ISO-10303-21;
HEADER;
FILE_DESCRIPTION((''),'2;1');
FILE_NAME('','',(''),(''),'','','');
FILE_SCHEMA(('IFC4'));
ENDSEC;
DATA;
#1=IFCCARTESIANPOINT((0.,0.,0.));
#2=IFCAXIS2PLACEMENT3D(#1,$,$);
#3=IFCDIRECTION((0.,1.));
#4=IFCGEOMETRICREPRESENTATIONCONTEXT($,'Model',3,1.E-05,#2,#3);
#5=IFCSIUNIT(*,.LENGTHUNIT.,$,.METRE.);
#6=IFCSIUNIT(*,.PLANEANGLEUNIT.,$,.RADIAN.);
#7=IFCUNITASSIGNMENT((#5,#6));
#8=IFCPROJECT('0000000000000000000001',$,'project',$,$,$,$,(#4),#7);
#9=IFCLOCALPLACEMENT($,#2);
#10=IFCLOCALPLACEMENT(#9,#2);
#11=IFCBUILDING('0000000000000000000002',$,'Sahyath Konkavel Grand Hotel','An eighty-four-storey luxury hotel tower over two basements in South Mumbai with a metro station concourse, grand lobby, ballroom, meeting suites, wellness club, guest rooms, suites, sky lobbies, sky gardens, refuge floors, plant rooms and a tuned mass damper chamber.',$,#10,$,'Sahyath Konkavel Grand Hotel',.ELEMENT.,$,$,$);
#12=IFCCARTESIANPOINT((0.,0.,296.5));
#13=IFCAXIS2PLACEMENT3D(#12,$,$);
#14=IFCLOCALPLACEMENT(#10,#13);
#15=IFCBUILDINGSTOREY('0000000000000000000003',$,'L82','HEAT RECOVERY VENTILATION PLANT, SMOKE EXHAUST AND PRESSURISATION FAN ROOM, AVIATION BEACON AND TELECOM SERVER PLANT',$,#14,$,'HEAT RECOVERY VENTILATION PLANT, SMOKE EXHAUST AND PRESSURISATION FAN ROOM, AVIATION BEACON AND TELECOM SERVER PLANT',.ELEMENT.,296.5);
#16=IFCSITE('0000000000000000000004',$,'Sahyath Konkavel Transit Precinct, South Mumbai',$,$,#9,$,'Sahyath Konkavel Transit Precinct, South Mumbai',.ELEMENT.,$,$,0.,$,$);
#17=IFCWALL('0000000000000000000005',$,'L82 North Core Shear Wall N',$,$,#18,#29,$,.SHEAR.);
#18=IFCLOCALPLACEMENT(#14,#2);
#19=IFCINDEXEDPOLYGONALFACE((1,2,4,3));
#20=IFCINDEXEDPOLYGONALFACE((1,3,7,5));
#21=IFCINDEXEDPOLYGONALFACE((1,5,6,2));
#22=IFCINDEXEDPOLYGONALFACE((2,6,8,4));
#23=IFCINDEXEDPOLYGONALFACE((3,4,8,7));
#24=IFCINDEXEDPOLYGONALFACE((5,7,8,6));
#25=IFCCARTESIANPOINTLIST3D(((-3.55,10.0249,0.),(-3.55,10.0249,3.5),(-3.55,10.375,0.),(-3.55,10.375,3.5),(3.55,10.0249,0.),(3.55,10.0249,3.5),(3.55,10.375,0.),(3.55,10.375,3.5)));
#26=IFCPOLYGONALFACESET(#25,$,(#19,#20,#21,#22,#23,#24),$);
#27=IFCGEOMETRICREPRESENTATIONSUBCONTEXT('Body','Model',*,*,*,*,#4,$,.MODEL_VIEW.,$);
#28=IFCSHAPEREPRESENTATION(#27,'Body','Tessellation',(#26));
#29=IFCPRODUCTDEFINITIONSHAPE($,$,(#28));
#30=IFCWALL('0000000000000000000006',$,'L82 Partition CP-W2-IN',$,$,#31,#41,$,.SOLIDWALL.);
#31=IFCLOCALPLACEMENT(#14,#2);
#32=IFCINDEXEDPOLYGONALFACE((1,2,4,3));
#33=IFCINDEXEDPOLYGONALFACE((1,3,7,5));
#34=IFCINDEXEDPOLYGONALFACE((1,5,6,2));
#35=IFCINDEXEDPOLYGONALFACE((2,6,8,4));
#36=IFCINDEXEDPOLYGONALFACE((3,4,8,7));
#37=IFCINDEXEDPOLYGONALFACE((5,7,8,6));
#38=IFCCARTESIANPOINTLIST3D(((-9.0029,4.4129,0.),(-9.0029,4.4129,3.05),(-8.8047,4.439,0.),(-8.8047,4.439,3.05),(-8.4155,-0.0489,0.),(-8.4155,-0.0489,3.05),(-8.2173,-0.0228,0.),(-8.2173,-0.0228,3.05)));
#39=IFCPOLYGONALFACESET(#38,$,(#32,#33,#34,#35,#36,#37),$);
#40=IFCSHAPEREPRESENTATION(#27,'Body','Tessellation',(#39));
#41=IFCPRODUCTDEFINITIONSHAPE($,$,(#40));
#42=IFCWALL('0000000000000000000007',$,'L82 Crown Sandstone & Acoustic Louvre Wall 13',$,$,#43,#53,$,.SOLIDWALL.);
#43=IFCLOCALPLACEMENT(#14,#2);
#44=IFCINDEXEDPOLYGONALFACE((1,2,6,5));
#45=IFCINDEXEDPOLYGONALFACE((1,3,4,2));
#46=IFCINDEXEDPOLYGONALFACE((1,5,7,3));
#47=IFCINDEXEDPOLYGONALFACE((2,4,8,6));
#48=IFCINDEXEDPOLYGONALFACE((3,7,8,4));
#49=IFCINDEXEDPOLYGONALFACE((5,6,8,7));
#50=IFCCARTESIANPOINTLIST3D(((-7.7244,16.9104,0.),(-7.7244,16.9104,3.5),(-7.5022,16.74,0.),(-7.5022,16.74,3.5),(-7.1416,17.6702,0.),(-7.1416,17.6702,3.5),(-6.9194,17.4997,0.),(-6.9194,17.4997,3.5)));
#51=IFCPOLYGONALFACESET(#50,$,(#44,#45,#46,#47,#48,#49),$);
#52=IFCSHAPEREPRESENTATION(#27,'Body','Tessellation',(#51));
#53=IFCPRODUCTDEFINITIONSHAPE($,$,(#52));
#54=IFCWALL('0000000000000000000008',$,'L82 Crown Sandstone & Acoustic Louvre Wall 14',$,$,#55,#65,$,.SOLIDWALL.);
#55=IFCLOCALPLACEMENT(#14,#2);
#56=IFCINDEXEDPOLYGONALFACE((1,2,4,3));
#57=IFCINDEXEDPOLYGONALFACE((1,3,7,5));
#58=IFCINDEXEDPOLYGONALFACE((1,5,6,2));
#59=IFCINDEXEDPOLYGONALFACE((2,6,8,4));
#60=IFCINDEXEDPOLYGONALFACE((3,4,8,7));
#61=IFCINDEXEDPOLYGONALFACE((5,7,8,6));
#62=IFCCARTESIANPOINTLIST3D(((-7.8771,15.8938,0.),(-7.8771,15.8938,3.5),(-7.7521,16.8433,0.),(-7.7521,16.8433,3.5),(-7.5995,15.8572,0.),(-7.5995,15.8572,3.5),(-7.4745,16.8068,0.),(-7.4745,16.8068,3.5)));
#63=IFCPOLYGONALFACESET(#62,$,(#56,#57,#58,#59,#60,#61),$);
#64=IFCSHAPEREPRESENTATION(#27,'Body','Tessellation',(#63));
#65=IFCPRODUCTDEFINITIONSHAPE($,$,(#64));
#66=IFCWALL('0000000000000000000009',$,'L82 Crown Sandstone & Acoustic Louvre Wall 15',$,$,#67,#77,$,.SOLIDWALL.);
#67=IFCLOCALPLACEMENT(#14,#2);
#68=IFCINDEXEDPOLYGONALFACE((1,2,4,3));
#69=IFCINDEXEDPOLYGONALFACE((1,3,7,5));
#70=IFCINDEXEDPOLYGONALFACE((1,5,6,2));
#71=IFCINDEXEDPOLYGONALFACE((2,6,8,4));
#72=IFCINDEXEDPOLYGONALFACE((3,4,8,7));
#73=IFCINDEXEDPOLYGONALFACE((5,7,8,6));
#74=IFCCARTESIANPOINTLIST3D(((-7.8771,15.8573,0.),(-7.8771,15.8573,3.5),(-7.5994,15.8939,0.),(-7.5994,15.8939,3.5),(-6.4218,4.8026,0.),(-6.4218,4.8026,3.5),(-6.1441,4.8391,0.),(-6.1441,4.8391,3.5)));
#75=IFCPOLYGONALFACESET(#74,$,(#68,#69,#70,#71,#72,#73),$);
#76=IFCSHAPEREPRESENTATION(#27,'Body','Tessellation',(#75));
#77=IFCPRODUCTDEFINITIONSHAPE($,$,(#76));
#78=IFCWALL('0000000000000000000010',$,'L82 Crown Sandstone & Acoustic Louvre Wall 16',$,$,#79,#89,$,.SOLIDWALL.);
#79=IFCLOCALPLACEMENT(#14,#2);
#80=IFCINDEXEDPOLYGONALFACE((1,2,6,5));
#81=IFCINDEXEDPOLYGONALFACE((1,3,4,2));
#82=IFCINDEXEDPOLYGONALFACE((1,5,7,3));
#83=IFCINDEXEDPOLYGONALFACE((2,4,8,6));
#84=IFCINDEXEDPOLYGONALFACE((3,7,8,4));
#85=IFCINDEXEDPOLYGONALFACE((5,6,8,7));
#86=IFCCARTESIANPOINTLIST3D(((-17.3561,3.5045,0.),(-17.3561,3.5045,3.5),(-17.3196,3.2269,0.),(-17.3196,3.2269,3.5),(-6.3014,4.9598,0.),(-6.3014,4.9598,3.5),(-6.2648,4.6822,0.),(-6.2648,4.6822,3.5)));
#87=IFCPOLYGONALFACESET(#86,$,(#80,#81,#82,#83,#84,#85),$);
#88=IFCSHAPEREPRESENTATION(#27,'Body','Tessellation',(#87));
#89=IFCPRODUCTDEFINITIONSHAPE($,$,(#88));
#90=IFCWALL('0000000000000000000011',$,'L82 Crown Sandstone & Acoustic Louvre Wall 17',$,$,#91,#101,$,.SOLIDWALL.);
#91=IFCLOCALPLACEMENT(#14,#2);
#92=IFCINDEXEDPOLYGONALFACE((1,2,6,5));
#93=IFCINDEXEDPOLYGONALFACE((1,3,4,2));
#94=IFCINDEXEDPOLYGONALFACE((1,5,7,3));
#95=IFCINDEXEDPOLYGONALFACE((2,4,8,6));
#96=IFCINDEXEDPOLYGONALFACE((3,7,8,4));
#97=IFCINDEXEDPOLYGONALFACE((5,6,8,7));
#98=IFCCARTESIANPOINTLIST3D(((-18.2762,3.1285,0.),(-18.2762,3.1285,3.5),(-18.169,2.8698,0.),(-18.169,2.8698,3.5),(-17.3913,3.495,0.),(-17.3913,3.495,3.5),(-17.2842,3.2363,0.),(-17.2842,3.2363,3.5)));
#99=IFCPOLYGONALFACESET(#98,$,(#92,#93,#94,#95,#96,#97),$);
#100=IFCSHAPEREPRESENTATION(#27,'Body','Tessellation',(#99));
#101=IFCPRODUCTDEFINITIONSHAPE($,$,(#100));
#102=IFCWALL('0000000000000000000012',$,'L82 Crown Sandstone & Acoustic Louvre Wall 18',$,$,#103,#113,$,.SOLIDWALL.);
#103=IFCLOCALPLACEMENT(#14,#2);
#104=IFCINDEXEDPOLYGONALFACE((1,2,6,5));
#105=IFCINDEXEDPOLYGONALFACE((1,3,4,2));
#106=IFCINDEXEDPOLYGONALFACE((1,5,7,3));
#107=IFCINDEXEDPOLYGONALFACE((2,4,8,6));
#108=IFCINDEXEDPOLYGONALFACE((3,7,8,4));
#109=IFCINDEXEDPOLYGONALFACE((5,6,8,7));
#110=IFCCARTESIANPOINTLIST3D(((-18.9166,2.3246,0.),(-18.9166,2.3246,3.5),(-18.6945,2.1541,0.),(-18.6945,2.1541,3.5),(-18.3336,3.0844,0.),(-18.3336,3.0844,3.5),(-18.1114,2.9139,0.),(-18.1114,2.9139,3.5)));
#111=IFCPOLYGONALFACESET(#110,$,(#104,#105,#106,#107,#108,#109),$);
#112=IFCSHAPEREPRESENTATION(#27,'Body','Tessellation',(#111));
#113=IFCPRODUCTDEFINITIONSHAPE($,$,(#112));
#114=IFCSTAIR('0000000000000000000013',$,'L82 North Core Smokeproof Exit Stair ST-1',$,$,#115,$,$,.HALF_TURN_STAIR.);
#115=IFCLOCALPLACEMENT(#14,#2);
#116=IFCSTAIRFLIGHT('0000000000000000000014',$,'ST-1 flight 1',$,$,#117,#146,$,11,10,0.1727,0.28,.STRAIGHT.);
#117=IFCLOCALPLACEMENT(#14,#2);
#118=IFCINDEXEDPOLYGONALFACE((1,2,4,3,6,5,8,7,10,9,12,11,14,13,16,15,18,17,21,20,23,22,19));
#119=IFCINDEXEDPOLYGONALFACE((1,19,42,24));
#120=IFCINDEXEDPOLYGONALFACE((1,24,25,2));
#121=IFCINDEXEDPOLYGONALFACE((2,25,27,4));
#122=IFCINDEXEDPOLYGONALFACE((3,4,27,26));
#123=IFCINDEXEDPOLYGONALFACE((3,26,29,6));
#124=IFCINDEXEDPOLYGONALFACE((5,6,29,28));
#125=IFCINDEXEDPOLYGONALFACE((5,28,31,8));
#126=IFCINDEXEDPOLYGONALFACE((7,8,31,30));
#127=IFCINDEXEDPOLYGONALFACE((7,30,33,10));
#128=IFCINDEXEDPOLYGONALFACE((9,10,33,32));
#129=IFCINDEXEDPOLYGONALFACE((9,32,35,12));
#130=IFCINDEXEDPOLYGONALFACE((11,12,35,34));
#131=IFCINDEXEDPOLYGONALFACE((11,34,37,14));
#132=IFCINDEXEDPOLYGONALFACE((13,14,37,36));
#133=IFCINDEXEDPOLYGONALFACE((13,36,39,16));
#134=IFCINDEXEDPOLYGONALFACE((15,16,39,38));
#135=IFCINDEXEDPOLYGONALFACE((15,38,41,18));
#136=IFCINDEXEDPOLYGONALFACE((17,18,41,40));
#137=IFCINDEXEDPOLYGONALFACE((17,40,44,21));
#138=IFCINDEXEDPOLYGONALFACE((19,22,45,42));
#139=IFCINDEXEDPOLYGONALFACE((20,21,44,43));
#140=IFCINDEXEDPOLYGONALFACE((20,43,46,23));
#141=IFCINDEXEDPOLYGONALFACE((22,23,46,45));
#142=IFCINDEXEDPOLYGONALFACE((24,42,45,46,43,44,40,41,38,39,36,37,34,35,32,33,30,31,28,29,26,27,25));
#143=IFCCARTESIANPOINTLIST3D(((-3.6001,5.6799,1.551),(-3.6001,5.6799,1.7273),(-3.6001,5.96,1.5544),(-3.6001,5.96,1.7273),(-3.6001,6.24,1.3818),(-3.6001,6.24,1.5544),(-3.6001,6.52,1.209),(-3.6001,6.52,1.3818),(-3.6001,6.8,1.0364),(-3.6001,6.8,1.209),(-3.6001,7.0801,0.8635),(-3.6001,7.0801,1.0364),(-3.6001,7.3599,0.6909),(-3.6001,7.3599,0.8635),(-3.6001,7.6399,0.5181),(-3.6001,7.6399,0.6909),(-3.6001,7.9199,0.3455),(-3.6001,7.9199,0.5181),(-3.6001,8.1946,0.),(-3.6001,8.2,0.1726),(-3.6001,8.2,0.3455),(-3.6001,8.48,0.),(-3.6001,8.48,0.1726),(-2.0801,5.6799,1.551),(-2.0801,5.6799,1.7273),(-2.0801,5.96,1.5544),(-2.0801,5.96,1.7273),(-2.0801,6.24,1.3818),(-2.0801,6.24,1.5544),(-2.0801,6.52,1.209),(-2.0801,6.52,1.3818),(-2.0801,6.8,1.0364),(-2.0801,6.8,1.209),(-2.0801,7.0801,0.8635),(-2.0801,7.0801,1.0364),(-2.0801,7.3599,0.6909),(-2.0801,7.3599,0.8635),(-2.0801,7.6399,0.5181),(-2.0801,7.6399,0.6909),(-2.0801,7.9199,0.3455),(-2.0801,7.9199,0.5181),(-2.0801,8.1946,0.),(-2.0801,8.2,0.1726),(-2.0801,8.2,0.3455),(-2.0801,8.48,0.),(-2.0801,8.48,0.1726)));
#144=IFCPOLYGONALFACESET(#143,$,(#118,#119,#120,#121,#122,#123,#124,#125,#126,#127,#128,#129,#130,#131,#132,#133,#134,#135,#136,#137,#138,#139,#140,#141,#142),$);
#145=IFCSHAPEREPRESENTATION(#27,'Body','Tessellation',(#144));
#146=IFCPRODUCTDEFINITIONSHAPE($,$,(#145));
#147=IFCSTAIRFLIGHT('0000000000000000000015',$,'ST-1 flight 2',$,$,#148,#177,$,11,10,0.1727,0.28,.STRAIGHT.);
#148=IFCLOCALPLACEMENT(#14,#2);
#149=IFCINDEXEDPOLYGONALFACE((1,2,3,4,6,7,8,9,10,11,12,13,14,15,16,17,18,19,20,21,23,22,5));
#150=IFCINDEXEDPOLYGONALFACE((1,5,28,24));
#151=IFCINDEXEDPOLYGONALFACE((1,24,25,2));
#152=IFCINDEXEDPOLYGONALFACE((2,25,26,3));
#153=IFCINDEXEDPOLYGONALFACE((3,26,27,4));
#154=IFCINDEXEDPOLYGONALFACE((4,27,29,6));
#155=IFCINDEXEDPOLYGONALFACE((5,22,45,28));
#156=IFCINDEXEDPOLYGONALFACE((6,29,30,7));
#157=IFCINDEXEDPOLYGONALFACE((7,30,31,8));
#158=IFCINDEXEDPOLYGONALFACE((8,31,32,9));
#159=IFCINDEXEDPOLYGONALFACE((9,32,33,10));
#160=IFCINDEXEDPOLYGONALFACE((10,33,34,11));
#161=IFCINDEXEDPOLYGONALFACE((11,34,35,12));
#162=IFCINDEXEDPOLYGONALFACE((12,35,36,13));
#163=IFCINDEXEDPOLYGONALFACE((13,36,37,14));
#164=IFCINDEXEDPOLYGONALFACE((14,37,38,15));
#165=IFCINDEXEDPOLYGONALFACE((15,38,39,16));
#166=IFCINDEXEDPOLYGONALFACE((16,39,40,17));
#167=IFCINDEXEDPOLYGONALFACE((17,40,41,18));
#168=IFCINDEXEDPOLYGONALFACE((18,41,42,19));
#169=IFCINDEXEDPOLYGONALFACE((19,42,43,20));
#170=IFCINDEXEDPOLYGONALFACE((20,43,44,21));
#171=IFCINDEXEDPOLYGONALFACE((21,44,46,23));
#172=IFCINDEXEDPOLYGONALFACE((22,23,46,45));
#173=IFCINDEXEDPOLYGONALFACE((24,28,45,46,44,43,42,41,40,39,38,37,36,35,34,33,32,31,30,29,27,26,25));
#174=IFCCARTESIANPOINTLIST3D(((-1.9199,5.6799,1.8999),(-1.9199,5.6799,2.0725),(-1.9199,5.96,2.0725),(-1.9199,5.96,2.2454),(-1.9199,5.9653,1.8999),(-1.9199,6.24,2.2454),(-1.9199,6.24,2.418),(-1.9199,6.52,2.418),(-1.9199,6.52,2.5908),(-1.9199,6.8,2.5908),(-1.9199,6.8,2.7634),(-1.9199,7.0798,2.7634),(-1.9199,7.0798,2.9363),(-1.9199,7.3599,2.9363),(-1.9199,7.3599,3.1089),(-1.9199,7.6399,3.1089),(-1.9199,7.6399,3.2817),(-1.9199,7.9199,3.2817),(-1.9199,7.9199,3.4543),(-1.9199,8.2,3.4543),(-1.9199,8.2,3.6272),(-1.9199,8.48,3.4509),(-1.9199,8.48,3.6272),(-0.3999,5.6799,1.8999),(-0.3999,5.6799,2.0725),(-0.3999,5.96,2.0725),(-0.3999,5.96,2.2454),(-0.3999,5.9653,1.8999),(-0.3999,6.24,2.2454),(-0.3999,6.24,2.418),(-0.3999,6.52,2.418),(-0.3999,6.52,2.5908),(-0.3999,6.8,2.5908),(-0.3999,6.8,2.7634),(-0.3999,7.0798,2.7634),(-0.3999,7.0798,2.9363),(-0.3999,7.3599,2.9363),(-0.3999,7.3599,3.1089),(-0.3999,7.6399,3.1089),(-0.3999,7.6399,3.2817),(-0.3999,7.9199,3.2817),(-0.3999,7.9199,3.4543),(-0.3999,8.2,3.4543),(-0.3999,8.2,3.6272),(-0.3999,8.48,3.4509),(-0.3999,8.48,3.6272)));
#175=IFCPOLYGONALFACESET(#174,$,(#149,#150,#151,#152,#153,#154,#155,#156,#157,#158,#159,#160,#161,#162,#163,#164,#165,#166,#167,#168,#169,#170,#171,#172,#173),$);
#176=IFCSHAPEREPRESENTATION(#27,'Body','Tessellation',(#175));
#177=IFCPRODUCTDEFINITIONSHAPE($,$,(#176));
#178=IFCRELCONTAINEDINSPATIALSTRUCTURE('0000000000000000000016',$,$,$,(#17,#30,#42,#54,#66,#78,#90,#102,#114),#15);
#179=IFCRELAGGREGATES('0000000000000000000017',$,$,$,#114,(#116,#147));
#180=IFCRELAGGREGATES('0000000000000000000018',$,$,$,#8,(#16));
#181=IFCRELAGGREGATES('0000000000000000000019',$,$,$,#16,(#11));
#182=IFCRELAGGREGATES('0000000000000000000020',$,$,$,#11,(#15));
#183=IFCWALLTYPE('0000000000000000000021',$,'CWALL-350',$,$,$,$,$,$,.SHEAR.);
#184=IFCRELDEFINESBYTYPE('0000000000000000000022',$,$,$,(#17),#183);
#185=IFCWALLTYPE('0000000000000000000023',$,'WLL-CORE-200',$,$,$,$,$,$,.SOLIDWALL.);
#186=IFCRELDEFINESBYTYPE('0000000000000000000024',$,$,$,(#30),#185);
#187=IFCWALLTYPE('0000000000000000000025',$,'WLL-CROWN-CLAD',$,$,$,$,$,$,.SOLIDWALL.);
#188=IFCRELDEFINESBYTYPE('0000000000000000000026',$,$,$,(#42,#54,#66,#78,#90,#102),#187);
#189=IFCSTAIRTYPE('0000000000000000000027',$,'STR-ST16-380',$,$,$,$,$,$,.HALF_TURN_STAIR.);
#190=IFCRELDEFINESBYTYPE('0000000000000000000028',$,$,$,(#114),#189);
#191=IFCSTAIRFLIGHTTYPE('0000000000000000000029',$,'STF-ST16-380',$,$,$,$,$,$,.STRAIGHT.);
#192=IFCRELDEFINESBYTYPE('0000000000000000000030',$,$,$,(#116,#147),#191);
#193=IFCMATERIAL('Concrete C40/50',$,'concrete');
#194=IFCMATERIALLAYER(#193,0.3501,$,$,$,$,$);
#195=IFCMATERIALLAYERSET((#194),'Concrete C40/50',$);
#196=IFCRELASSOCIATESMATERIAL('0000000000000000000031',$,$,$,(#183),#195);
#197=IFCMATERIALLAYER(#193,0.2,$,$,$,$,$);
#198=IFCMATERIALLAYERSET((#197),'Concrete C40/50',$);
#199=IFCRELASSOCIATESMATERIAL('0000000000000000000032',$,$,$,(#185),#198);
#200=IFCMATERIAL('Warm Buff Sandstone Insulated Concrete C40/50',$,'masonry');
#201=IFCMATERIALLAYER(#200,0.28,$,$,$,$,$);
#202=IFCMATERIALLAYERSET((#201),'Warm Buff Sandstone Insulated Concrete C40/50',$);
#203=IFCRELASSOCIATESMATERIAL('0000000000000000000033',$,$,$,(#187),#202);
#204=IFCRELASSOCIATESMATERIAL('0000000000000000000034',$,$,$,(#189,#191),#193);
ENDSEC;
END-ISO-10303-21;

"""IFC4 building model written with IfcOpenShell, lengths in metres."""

from ifc_helpers import new_model, si_unit, direction, frame, frame_2d, origin, place, context, subcontext, project, spatial, polyline, rectangle, outline, extrude, material, layer, layer_set, type_object, element, aggregate, save


model = new_model("IFC4")

# Units and contexts
model_context = context("Model", 3, precision=1e-05, world=origin(), true_north=direction((0.0, 1.0)))
body_context = subcontext(model_context, "Body", "Model", "MODEL_VIEW")
ifc_project = project(units=[si_unit("LENGTHUNIT", "METRE"), si_unit("PLANEANGLEUNIT", "RADIAN")], contexts=[model_context])

# Site, building, storey
site_placement = place(None, origin())
site = spatial("IfcSite", under=ifc_project, at=site_placement, Name="Sahyath Konkavel Transit Precinct, South Mumbai", LongName="Sahyath Konkavel Transit Precinct, South Mumbai", CompositionType="ELEMENT", RefElevation=0.0)
building_placement = place(site_placement, origin())
building = spatial("IfcBuilding", under=site, at=building_placement, Name="Sahyath Konkavel Grand Hotel", Description="An eighty-four-storey luxury hotel tower over two basements in South Mumbai with a metro station concourse, grand lobby, ballroom, meeting suites, wellness club, guest rooms, suites, sky lobbies, sky gardens, refuge floors, plant rooms and a tuned mass damper chamber.", LongName="Sahyath Konkavel Grand Hotel", CompositionType="ELEMENT")
storey_placement = place(building_placement, frame((0.0, 0.0, 296.5)))
storey = spatial("IfcBuildingStorey", under=building, at=storey_placement, Name="L82", Description="HEAT RECOVERY VENTILATION PLANT, SMOKE EXHAUST AND PRESSURISATION FAN ROOM, AVIATION BEACON AND TELECOM SERVER PLANT", LongName="HEAT RECOVERY VENTILATION PLANT, SMOKE EXHAUST AND PRESSURISATION FAN ROOM, AVIATION BEACON AND TELECOM SERVER PLANT", CompositionType="ELEMENT", Elevation=296.5)

# Shared definitions
ifc_material_1 = material(Name="Concrete C40/50", Category="concrete")

# Walls
ifc_layer_1 = layer(ifc_material_1, 0.3501)
ifc_layer_set_1 = layer_set([ifc_layer_1], Name="Concrete C40/50")
wall_type_1 = type_object("IfcWallType", Name="CWALL-350", PredefinedType="SHEAR", material=ifc_layer_set_1)
wall_1_placement = place(storey_placement, frame((-3.55, 10.2, 0.0), z_axis=(0.0, 0.0, 1.0), x_axis=(1.0, 0.0, 0.0)))
element("IfcWall", 1, at=wall_1_placement, inside=storey, type_object=wall_type_1, Name="L82 North Core Shear Wall N", PredefinedType="SHEAR", context=body_context, shape_type="SweptSolid", body=[
    extrude(rectangle(XDim=7.1001, YDim=0.3501, at=frame_2d((3.55, 0.0))), origin(), (0.0, 0.0, 1.0), 3.5),
])
ifc_layer_2 = layer(ifc_material_1, 0.2)
ifc_layer_set_2 = layer_set([ifc_layer_2], Name="Concrete C40/50")
wall_type_2 = type_object("IfcWallType", Name="WLL-CORE-200", PredefinedType="SOLIDWALL", material=ifc_layer_set_2)
wall_2_placement = place(storey_placement, frame((-8.9038, 4.4258, 0.0), z_axis=(0.0, 0.0, 1.0), x_axis=(0.130529, -0.991445, 0.0)))
element("IfcWall", 2, at=wall_2_placement, inside=storey, type_object=wall_type_2, Name="L82 Partition CP-W2-IN", PredefinedType="SOLIDWALL", context=body_context, shape_type="SweptSolid", body=[
    extrude(rectangle(XDim=4.5002, YDim=0.2, at=frame_2d((2.25, 0.0))), origin(), (0.0, 0.0, 1.0), 3.05),
])
ifc_material_2 = material(Name="Warm Buff Sandstone Insulated Concrete C40/50", Category="masonry")
ifc_layer_3 = layer(ifc_material_2, 0.28)
ifc_layer_set_3 = layer_set([ifc_layer_3], Name="Warm Buff Sandstone Insulated Concrete C40/50")
wall_type_3 = type_object("IfcWallType", Name="WLL-CROWN-CLAD", PredefinedType="SOLIDWALL", material=ifc_layer_set_3)
wall_3_placement = place(storey_placement, frame((-7.0305, 17.585, 0.0), z_axis=(0.0, 0.0, 1.0), x_axis=(-0.608614, -0.793467, 0.0)))
element("IfcWall", 3, at=wall_3_placement, inside=storey, type_object=wall_type_3, Name="L82 Crown Sandstone & Acoustic Louvre Wall 13", PredefinedType="SOLIDWALL", context=body_context, shape_type="SweptSolid", body=[
    extrude(rectangle(XDim=0.9575, YDim=0.28, at=frame_2d((0.4788, 0.0))), origin(), (0.0, 0.0, 1.0), 3.5),
])
wall_4_placement = place(storey_placement, frame((-7.6133, 16.8252, 0.0), z_axis=(0.0, 0.0, 1.0), x_axis=(-0.130527, -0.991445, 0.0)))
element("IfcWall", 4, at=wall_4_placement, inside=storey, type_object=wall_type_3, Name="L82 Crown Sandstone & Acoustic Louvre Wall 14", PredefinedType="SOLIDWALL", context=body_context, shape_type="SweptSolid", body=[
    extrude(rectangle(XDim=0.9578, YDim=0.28, at=frame_2d((0.479, 0.0))), origin(), (0.0, 0.0, 1.0), 3.5),
])
for number, where, z_axis, x_axis, name in (
    (5, (-7.7383, 15.8757, 0.0), (0.0, 0.0, 1.0), (0.130521, -0.991445, 0.0), "L82 Crown Sandstone & Acoustic Louvre Wall 15"),
    (6, (-6.283, 4.821, 0.0), (0.0, 0.0, 1.0), (-0.991445, -0.130521, 0.0), "L82 Crown Sandstone & Acoustic Louvre Wall 16"),
):
    element("IfcWall", number, at=place(storey_placement, frame(where, z_axis=z_axis, x_axis=x_axis)), inside=storey, type_object=wall_type_3, Name=name, PredefinedType="SOLIDWALL", context=body_context, shape_type="SweptSolid", body=[
        extrude(rectangle(XDim=11.1501, YDim=0.28, at=frame_2d((5.5752, 0.0))), origin(), (0.0, 0.0, 1.0), 3.5),
    ])
for number, where, z_axis, x_axis, name in (
    (7, (-17.3376, 3.3657, 0.0), (0.0, 0.0, 1.0), (-0.923889, -0.38266, 0.0), "L82 Crown Sandstone & Acoustic Louvre Wall 17"),
    (8, (-18.2224, 2.9993, 0.0), (0.0, 0.0, 1.0), (-0.608774, -0.793344, 0.0), "L82 Crown Sandstone & Acoustic Louvre Wall 18"),
):
    element("IfcWall", number, at=place(storey_placement, frame(where, z_axis=z_axis, x_axis=x_axis)), inside=storey, type_object=wall_type_3, Name=name, PredefinedType="SOLIDWALL", context=body_context, shape_type="SweptSolid", body=[
        extrude(rectangle(XDim=0.9578, YDim=0.28, at=frame_2d((0.479, 0.0))), origin(), (0.0, 0.0, 1.0), 3.5),
    ])

# Stair, stair flights
stair_type = type_object("IfcStairType", Name="STR-ST16-380", PredefinedType="HALF_TURN_STAIR", material=ifc_material_1)
stair_placement = place(storey_placement, origin())
stair = element("IfcStair", 9, at=stair_placement, inside=storey, type_object=stair_type, Name="L82 North Core Smokeproof Exit Stair ST-1", PredefinedType="HALF_TURN_STAIR")
stair_flight_type = type_object("IfcStairFlightType", Name="STF-ST16-380", PredefinedType="STRAIGHT", material=ifc_material_1)
stair_flight_1_placement = place(storey_placement, frame((-2.8401, 8.48, 0.0), z_axis=(0.0, 0.0, 1.0), x_axis=(0.0, -1.0, 0.0)))
stair_flight_1 = element("IfcStairFlight", 10, at=stair_flight_1_placement, type_object=stair_flight_type, Name="ST-1 flight 1", NumberOfRisers=11, NumberOfTreads=10, PredefinedType="STRAIGHT", RiserHeight=0.1727, TreadLength=0.28, context=body_context, shape_type="SweptSolid", body=[
    extrude(outline(polyline([(0.0, 0.0), (0.0, 0.1726), (0.28, 0.1726), (0.28, 0.3455), (0.5601, 0.3455), (0.5601, 0.5181), (0.8401, 0.5181), (0.8401, 0.6909), (1.1201, 0.6909), (1.1201, 0.8635), (1.3999, 0.8635), (1.3999, 1.0364), (1.6799, 1.0364), (1.6799, 1.209), (1.96, 1.209), (1.96, 1.3818), (2.24, 1.3818), (2.24, 1.5544), (2.52, 1.5544), (2.52, 1.7273), (2.8, 1.7273), (2.8, 1.8999), (2.8, 1.551), (0.2854, 0.0), (0.0, 0.0)])), frame((0.0, 0.76, 0.0), z_axis=(0.0, -1.0, 0.0), x_axis=(1.0, 0.0, 0.0)), (0.0, 0.0, 1.0), 1.52),
])
stair_flight_2_placement = place(storey_placement, frame((-1.1599, 5.6799, 1.8999), z_axis=(0.0, 0.0, 1.0), x_axis=(0.0, 1.0, 0.0)))
stair_flight_2 = element("IfcStairFlight", 11, at=stair_flight_2_placement, type_object=stair_flight_type, Name="ST-1 flight 2", NumberOfRisers=11, NumberOfTreads=10, PredefinedType="STRAIGHT", RiserHeight=0.1727, TreadLength=0.28, context=body_context, shape_type="SweptSolid", body=[
    extrude(outline(polyline([(0.0, 0.0), (0.0, 0.1726), (0.28, 0.1726), (0.28, 0.3455), (0.5601, 0.3455), (0.5601, 0.5181), (0.8401, 0.5181), (0.8401, 0.6909), (1.1201, 0.6909), (1.1201, 0.8635), (1.3999, 0.8635), (1.3999, 1.0364), (1.6799, 1.0364), (1.6799, 1.209), (1.96, 1.209), (1.96, 1.3818), (2.24, 1.3818), (2.24, 1.5544), (2.52, 1.5544), (2.52, 1.7273), (2.8, 1.7273), (2.8, 1.8999), (2.8, 1.551), (0.2854, 0.0), (0.0, 0.0)])), frame((0.0, 0.76, 0.0), z_axis=(0.0, -1.0, 0.0), x_axis=(1.0, 0.0, 0.0)), (0.0, 0.0, 1.0), 1.52),
])
aggregate(stair, [stair_flight_1, stair_flight_2])

save(model, "model.ifc")
